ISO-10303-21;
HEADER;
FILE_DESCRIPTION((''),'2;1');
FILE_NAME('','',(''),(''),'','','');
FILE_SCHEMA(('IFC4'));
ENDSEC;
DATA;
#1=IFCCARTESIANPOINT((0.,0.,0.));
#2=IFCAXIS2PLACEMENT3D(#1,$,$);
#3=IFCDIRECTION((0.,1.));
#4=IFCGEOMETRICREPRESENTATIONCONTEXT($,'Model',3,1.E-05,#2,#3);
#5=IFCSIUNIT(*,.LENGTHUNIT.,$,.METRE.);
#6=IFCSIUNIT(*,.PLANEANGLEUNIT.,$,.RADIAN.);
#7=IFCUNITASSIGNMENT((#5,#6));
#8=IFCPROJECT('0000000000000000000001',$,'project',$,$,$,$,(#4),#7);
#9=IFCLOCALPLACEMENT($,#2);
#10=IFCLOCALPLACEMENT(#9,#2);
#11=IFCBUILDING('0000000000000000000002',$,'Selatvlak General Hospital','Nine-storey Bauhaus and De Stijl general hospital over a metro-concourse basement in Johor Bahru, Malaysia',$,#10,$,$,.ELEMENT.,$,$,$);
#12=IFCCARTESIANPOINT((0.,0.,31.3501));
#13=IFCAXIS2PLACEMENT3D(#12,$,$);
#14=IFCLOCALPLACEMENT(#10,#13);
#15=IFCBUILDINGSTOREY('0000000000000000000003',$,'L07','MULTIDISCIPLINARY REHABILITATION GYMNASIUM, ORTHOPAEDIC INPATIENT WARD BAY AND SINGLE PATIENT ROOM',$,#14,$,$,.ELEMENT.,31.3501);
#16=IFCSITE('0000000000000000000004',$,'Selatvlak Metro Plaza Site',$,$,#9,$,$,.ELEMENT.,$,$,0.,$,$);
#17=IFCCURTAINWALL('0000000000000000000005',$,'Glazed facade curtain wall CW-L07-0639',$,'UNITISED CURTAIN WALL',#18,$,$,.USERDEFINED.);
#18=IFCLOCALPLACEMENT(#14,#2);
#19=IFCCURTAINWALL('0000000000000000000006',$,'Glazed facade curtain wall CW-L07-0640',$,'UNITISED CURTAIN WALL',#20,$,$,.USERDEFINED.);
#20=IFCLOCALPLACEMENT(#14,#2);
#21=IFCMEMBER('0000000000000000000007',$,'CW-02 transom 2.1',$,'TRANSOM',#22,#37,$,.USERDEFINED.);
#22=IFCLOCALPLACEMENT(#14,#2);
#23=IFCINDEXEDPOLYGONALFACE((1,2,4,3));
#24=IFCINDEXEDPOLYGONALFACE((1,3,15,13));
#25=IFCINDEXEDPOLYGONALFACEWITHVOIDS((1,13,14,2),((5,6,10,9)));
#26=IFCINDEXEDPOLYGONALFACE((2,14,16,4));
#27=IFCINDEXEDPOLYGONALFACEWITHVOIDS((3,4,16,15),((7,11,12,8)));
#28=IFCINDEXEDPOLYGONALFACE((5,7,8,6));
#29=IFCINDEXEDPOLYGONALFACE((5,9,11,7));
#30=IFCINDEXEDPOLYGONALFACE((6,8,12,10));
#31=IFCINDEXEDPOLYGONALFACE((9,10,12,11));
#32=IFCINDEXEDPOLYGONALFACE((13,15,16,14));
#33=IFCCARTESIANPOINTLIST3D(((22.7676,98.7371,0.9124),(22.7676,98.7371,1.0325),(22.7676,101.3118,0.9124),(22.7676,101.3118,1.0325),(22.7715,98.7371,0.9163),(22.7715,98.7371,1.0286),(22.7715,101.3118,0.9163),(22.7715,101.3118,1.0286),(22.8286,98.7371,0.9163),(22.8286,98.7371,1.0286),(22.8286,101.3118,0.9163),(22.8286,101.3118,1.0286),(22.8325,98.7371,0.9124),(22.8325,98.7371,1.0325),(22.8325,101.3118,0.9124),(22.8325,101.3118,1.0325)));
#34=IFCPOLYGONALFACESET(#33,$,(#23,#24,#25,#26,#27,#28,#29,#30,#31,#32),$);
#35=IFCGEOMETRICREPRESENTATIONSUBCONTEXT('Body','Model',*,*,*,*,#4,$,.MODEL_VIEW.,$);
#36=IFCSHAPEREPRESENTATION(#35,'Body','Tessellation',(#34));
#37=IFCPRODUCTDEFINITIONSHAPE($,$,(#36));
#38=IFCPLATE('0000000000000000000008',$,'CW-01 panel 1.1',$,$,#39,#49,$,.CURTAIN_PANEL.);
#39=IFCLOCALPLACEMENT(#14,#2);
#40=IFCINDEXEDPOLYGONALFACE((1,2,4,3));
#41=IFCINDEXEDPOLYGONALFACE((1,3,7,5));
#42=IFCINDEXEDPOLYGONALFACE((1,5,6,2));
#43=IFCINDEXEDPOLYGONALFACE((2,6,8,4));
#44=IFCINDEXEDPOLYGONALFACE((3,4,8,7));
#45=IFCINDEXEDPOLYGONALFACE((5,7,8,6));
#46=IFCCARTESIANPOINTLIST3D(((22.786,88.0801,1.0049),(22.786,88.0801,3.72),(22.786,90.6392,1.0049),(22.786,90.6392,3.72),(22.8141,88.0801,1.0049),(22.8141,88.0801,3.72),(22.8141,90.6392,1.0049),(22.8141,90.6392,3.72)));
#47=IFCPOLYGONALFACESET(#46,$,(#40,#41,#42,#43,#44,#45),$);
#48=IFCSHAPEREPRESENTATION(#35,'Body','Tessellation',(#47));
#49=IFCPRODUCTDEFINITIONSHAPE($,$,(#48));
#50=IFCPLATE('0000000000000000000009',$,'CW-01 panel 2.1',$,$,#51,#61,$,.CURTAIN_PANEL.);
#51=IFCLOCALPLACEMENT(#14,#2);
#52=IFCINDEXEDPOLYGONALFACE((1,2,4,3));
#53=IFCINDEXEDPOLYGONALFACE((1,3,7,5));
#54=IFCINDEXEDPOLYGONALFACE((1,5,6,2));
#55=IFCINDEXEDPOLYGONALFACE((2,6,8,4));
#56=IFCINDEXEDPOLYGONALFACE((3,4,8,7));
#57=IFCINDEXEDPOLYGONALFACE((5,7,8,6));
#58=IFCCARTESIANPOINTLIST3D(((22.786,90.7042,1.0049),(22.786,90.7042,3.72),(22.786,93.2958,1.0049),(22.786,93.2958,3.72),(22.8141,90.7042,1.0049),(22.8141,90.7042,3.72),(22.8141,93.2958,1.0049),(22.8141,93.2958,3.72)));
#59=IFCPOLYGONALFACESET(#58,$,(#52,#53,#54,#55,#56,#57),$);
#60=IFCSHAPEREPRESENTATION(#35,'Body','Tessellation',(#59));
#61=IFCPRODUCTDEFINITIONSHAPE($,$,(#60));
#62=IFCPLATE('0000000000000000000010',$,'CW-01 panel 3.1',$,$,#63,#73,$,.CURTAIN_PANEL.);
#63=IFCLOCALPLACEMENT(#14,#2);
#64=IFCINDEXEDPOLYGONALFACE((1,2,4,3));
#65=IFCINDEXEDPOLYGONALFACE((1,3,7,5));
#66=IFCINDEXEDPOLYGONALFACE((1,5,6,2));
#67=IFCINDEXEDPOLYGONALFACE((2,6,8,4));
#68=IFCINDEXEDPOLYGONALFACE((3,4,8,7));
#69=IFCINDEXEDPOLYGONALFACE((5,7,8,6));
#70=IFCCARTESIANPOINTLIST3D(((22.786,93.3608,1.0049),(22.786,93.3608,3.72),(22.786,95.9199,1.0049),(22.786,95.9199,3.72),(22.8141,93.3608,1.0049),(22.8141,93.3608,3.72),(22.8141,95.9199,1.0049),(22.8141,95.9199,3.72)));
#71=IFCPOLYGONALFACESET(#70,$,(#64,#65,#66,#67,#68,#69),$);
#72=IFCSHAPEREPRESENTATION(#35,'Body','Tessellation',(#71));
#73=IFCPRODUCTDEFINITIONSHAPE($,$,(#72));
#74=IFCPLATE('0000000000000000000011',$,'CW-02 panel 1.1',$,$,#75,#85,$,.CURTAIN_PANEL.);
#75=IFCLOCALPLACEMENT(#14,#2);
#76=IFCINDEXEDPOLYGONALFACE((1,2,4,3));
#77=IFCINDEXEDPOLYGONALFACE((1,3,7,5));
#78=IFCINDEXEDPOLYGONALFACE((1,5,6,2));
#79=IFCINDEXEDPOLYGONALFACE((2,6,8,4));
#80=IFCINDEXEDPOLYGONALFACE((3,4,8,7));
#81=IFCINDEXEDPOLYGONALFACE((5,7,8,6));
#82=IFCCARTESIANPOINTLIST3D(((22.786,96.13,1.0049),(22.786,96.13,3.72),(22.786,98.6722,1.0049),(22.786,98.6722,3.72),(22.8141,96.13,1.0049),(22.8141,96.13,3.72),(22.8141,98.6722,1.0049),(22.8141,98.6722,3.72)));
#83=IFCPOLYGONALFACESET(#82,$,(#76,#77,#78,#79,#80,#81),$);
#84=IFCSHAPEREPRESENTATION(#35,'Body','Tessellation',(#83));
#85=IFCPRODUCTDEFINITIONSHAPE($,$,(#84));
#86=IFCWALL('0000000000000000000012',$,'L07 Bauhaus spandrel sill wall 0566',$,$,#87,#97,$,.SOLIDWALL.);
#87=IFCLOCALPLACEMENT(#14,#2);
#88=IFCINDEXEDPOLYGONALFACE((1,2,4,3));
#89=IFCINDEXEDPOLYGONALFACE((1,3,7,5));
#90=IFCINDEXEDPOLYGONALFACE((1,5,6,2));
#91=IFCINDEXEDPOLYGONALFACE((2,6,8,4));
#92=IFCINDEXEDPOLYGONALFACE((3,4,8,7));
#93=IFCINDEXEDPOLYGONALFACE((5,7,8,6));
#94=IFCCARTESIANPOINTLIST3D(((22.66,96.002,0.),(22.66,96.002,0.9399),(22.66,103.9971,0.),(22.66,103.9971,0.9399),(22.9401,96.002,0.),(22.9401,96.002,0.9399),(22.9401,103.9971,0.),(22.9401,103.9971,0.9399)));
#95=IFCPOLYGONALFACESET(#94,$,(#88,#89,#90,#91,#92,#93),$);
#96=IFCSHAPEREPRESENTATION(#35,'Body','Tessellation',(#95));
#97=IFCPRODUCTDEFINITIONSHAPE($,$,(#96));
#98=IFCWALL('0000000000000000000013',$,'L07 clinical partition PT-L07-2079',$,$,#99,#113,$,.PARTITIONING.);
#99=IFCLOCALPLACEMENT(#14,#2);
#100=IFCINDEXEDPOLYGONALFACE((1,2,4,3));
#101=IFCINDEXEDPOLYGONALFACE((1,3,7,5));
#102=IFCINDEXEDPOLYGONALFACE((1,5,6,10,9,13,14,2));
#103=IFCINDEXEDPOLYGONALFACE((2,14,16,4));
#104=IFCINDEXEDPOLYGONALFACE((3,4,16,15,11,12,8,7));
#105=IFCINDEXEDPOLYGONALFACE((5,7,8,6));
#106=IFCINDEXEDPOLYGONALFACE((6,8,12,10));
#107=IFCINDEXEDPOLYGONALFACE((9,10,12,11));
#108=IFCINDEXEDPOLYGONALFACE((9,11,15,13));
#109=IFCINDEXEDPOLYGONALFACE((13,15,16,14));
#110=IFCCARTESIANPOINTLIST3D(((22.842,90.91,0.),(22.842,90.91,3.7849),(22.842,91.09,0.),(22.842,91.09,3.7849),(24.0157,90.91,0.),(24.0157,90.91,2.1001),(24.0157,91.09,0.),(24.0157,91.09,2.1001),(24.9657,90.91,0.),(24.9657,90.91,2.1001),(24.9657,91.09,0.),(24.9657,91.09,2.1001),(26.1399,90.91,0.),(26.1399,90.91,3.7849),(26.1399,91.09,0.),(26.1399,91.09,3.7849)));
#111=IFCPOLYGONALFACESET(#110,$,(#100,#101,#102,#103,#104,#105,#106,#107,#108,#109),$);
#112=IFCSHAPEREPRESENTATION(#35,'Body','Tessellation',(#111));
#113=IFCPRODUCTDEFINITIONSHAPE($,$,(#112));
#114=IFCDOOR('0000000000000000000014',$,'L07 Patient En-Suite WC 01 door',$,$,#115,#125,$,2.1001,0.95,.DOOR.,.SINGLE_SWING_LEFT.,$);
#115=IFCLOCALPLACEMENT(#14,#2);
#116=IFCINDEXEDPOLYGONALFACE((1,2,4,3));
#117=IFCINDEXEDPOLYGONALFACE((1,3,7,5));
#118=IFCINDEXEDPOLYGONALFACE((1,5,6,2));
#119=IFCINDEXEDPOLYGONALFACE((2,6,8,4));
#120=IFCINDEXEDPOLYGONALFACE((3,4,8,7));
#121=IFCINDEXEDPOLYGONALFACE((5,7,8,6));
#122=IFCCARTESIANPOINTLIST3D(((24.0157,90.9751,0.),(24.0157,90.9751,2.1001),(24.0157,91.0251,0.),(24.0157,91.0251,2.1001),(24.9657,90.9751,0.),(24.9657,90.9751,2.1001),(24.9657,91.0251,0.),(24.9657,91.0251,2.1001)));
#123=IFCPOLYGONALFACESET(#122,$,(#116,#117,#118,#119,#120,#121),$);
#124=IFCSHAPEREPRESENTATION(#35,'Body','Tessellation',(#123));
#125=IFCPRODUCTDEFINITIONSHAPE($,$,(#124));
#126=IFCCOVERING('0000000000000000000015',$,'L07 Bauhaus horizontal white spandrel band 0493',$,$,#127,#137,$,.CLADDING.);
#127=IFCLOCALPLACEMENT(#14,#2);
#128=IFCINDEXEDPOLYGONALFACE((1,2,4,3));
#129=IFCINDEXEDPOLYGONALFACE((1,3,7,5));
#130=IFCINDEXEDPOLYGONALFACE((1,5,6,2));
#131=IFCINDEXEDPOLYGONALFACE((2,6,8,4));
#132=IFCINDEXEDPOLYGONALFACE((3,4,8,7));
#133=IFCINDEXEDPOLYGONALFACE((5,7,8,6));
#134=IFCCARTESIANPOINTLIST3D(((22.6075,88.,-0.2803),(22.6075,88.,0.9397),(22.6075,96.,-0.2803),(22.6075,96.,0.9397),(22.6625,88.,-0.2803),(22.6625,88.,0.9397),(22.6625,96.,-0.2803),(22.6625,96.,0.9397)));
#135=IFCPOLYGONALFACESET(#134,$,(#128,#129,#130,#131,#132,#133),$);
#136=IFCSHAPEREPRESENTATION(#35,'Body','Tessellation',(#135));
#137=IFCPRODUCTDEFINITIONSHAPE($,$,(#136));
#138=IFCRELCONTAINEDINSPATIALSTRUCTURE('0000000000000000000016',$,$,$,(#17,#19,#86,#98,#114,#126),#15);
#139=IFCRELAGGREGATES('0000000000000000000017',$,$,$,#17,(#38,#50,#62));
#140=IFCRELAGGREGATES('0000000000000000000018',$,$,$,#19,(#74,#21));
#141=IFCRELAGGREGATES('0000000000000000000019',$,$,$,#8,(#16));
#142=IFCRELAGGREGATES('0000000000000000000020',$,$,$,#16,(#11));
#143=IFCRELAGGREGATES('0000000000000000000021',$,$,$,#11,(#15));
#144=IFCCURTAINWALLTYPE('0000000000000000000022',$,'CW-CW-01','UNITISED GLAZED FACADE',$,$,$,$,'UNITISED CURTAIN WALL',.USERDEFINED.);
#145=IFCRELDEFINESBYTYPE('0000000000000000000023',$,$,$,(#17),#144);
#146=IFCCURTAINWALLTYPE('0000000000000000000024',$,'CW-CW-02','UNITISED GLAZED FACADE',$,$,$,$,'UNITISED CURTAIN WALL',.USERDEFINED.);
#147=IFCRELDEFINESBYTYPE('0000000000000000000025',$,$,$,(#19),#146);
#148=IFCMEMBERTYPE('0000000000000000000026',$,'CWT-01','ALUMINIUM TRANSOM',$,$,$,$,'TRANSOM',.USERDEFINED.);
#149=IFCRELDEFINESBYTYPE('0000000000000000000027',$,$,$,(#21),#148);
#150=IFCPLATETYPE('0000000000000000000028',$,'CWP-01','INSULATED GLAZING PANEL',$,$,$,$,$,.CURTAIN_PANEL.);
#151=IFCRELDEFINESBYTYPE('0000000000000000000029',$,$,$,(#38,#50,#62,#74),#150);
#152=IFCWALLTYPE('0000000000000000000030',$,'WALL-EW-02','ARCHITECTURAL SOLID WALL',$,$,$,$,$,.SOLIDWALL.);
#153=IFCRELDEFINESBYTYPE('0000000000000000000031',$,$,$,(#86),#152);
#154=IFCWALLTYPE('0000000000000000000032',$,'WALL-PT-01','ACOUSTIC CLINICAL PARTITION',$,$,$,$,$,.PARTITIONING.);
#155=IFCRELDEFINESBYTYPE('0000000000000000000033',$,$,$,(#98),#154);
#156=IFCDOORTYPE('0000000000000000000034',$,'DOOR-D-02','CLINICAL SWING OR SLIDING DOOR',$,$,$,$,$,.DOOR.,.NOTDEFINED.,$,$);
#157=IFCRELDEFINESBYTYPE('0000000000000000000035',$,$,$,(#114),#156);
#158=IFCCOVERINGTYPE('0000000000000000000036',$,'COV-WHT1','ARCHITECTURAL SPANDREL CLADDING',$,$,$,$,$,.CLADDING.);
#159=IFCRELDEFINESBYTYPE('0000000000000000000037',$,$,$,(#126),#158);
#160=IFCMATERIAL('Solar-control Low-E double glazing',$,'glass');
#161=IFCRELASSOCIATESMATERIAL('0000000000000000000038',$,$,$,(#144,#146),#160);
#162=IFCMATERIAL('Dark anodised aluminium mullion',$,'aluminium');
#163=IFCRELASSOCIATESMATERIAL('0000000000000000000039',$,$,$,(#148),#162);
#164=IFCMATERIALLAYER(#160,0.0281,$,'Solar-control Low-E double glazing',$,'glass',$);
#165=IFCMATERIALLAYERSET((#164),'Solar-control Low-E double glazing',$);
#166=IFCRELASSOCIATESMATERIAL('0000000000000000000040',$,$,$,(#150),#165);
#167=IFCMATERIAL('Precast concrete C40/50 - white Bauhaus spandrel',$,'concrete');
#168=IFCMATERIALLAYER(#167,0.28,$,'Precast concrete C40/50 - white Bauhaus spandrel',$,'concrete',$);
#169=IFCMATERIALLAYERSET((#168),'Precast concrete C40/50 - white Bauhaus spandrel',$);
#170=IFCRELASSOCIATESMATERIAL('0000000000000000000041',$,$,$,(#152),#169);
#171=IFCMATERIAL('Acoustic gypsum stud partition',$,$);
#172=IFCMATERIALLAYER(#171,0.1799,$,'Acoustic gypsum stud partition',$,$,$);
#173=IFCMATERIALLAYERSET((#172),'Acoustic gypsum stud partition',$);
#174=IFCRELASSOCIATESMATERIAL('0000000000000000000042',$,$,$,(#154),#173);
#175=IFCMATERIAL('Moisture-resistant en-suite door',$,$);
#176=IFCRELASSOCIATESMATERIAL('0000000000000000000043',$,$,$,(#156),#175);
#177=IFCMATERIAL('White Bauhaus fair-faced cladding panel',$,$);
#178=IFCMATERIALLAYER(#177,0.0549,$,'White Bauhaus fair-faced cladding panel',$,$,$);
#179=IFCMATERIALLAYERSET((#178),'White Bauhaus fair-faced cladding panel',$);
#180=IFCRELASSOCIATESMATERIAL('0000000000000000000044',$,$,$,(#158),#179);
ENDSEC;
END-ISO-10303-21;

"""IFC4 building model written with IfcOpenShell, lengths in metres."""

from ifc_helpers import new_model, si_unit, direction, frame, frame_2d, origin, origin_2d, place, context, subcontext, project, spatial, rectangle, hollow_rectangle, extrude, material, layer, layer_set, material_profile, profile_set, type_object, element, fill, aggregate, save


model = new_model("IFC4")

# Units and contexts
model_context = context("Model", 3, precision=1e-05, world=origin(), true_north=direction((0.0, 1.0)))
body_context = subcontext(model_context, "Body", "Model", "MODEL_VIEW")
ifc_project = project(units=[si_unit("LENGTHUNIT", "METRE"), si_unit("PLANEANGLEUNIT", "RADIAN")], contexts=[model_context])

# Site, building, storey
site_placement = place(None, origin())
site = spatial("IfcSite", under=ifc_project, at=site_placement, Name="Selatvlak Metro Plaza Site", CompositionType="ELEMENT", RefElevation=0.0)
building_placement = place(site_placement, origin())
building = spatial("IfcBuilding", under=site, at=building_placement, Name="Selatvlak General Hospital", Description="Nine-storey Bauhaus and De Stijl general hospital over a metro-concourse basement in Johor Bahru, Malaysia", CompositionType="ELEMENT")
storey_placement = place(building_placement, frame((0.0, 0.0, 31.3501)))
storey = spatial("IfcBuildingStorey", under=building, at=storey_placement, Name="L07", Description="MULTIDISCIPLINARY REHABILITATION GYMNASIUM, ORTHOPAEDIC INPATIENT WARD BAY AND SINGLE PATIENT ROOM", CompositionType="ELEMENT", Elevation=31.3501)

# Curtain walls
ifc_material_1 = material(Name="Solar-control Low-E double glazing", Category="glass")
curtain_wall_type_1 = type_object("IfcCurtainWallType", Name="CW-CW-01", Description="UNITISED GLAZED FACADE", ElementType="UNITISED CURTAIN WALL", PredefinedType="USERDEFINED", material=ifc_material_1)
curtain_wall_1_placement = place(storey_placement, origin())
curtain_wall_1 = element("IfcCurtainWall", 1, at=curtain_wall_1_placement, inside=storey, type_object=curtain_wall_type_1, Name="Glazed facade curtain wall CW-L07-0639", ObjectType="UNITISED CURTAIN WALL", PredefinedType="USERDEFINED")
ifc_material_2 = material(Name="Dark anodised aluminium mullion", Category="aluminium")
curtain_wall_type_2 = type_object("IfcCurtainWallType", Name="CW-CW-02", Description="UNITISED GLAZED FACADE", ElementType="UNITISED CURTAIN WALL", PredefinedType="USERDEFINED", material=ifc_material_1)
curtain_wall_2_placement = place(storey_placement, origin())
curtain_wall_2 = element("IfcCurtainWall", 2, at=curtain_wall_2_placement, inside=storey, type_object=curtain_wall_type_2, Name="Glazed facade curtain wall CW-L07-0640", ObjectType="UNITISED CURTAIN WALL", PredefinedType="USERDEFINED")

# Member
ifc_material_profile_1 = material_profile(ifc_material_2, hollow_rectangle(XDim=0.0649, YDim=0.1201, WallThickness=0.0039, at=origin_2d()), Name="AL-TRN 65x120x4")
ifc_profile_set_1 = profile_set([ifc_material_profile_1], Name="Dark anodised aluminium mullion")
member_type_1 = type_object("IfcMemberType", Name="CWT-01", Description="ALUMINIUM TRANSOM", ElementType="TRANSOM", PredefinedType="USERDEFINED", material=ifc_profile_set_1)
member_1_placement = place(storey_placement, frame((22.8, 98.7371, 0.9724), z_axis=(0.0, 1.0, 0.0), x_axis=(-1.0, 0.0, 0.0)))
member_1 = element("IfcMember", 3, at=member_1_placement, type_object=member_type_1, Name="CW-02 transom 2.1", ObjectType="TRANSOM", PredefinedType="USERDEFINED", context=body_context, shape_type="SweptSolid", body=[
    extrude(hollow_rectangle(XDim=0.0649, YDim=0.1201, WallThickness=0.0039, at=origin_2d()), origin(), (0.0, 0.0, 1.0), 2.5747),
])

# Plates
ifc_layer_1 = layer(ifc_material_1, 0.0281, Name="Solar-control Low-E double glazing", Category="glass")
ifc_layer_set_1 = layer_set([ifc_layer_1], Name="Solar-control Low-E double glazing")
plate_type = type_object("IfcPlateType", Name="CWP-01", Description="INSULATED GLAZING PANEL", PredefinedType="CURTAIN_PANEL", material=ifc_layer_set_1)
plate_1_placement = place(storey_placement, frame((22.8, 89.3596, 1.0049), z_axis=(0.0, 0.0, 1.0), x_axis=(0.0, 1.0, 0.0)))
plate_1 = element("IfcPlate", 4, at=plate_1_placement, type_object=plate_type, Name="CW-01 panel 1.1", PredefinedType="CURTAIN_PANEL", context=body_context, shape_type="SweptSolid", body=[
    extrude(rectangle(XDim=2.5591, YDim=0.0281, at=origin_2d()), origin(), (0.0, 0.0, 1.0), 2.7151),
])
plate_2_placement = place(storey_placement, frame((22.8, 92.0, 1.0049), z_axis=(0.0, 0.0, 1.0), x_axis=(0.0, 1.0, 0.0)))
plate_2 = element("IfcPlate", 5, at=plate_2_placement, type_object=plate_type, Name="CW-01 panel 2.1", PredefinedType="CURTAIN_PANEL", context=body_context, shape_type="SweptSolid", body=[
    extrude(rectangle(XDim=2.5916, YDim=0.0281, at=origin_2d()), origin(), (0.0, 0.0, 1.0), 2.7151),
])
plate_3_placement = place(storey_placement, frame((22.8, 94.6404, 1.0049), z_axis=(0.0, 0.0, 1.0), x_axis=(0.0, 1.0, 0.0)))
plate_3 = element("IfcPlate", 6, at=plate_3_placement, type_object=plate_type, Name="CW-01 panel 3.1", PredefinedType="CURTAIN_PANEL", context=body_context, shape_type="SweptSolid", body=[
    extrude(rectangle(XDim=2.5591, YDim=0.0281, at=origin_2d()), origin(), (0.0, 0.0, 1.0), 2.7151),
])
aggregate(curtain_wall_1, [plate_1, plate_2, plate_3])
plate_4_placement = place(storey_placement, frame((22.8, 97.4011, 1.0049), z_axis=(0.0, 0.0, 1.0), x_axis=(0.0, 1.0, 0.0)))
plate_4 = element("IfcPlate", 7, at=plate_4_placement, type_object=plate_type, Name="CW-02 panel 1.1", PredefinedType="CURTAIN_PANEL", context=body_context, shape_type="SweptSolid", body=[
    extrude(rectangle(XDim=2.5422, YDim=0.0281, at=origin_2d()), origin(), (0.0, 0.0, 1.0), 2.7151),
])
aggregate(curtain_wall_2, [plate_4, member_1])

# Wall
ifc_material_3 = material(Name="Precast concrete C40/50 - white Bauhaus spandrel", Category="concrete")
ifc_layer_2 = layer(ifc_material_3, 0.28, Name="Precast concrete C40/50 - white Bauhaus spandrel", Category="concrete")
ifc_layer_set_2 = layer_set([ifc_layer_2], Name="Precast concrete C40/50 - white Bauhaus spandrel")
wall_type_1 = type_object("IfcWallType", Name="WALL-EW-02", Description="ARCHITECTURAL SOLID WALL", PredefinedType="SOLIDWALL", material=ifc_layer_set_2)
wall_1_placement = place(storey_placement, frame((22.8, 96.002, 0.0), z_axis=(0.0, 0.0, 1.0), x_axis=(0.0, 1.0, 0.0)))
element("IfcWall", 8, at=wall_1_placement, inside=storey, type_object=wall_type_1, Name="L07 Bauhaus spandrel sill wall 0566", PredefinedType="SOLIDWALL", context=body_context, shape_type="SweptSolid", body=[
    extrude(rectangle(XDim=7.9951, YDim=0.28, at=frame_2d((3.9976, 0.0))), origin(), (0.0, 0.0, 1.0), 0.9399),
])

# Wall, opening, door
ifc_material_4 = material(Name="Acoustic gypsum stud partition")
ifc_layer_3 = layer(ifc_material_4, 0.1799, Name="Acoustic gypsum stud partition")
ifc_layer_set_3 = layer_set([ifc_layer_3], Name="Acoustic gypsum stud partition")
wall_type_2 = type_object("IfcWallType", Name="WALL-PT-01", Description="ACOUSTIC CLINICAL PARTITION", PredefinedType="PARTITIONING", material=ifc_layer_set_3)
wall_2_placement = place(storey_placement, frame((26.1399, 91.0, 0.0), z_axis=(0.0, 0.0, 1.0), x_axis=(-1.0, 0.0, 0.0)))
wall_2 = element("IfcWall", 9, at=wall_2_placement, inside=storey, type_object=wall_type_2, Name="L07 clinical partition PT-L07-2079", PredefinedType="PARTITIONING", context=body_context, shape_type="SweptSolid", body=[
    extrude(rectangle(XDim=3.2979, YDim=0.1799, at=frame_2d((1.6489, 0.0))), origin(), (0.0, 0.0, 1.0), 3.7849),
])
opening_placement = place(wall_2_placement, frame((1.1741, 0.0, 0.0)))
opening = element("IfcOpeningElement", 10, at=opening_placement, cuts=wall_2, PredefinedType="OPENING", context=body_context, shape_type="SweptSolid", body=[
    extrude(rectangle(XDim=0.95, YDim=2.1001, at=frame_2d((0.4751, 1.05))), frame((0.0, 0.0999, 0.0), z_axis=(0.0, -1.0, 0.0), x_axis=(1.0, 0.0, 0.0)), (0.0, 0.0, 1.0), 0.2),
])
ifc_material_5 = material(Name="Moisture-resistant en-suite door")
door_type = type_object("IfcDoorType", Name="DOOR-D-02", Description="CLINICAL SWING OR SLIDING DOOR", OperationType="NOTDEFINED", PredefinedType="DOOR", material=ifc_material_5)
door_placement = place(opening_placement, origin())
door = element("IfcDoor", 11, at=door_placement, inside=storey, type_object=door_type, Name="L07 Patient En-Suite WC 01 door", OperationType="SINGLE_SWING_LEFT", OverallHeight=2.1001, OverallWidth=0.95, PredefinedType="DOOR", context=body_context, shape_type="SweptSolid", body=[
    extrude(rectangle(XDim=0.95, YDim=2.1001, at=frame_2d((0.4751, 1.05))), frame((0.0, 0.0249, 0.0), z_axis=(0.0, -1.0, 0.0), x_axis=(1.0, 0.0, 0.0)), (0.0, 0.0, 1.0), 0.05),
])
fill(opening, door)

# Covering
ifc_material_6 = material(Name="White Bauhaus fair-faced cladding panel")
ifc_layer_4 = layer(ifc_material_6, 0.0549, Name="White Bauhaus fair-faced cladding panel")
ifc_layer_set_4 = layer_set([ifc_layer_4], Name="White Bauhaus fair-faced cladding panel")
covering_type = type_object("IfcCoveringType", Name="COV-WHT1", Description="ARCHITECTURAL SPANDREL CLADDING", PredefinedType="CLADDING", material=ifc_layer_set_4)
covering_placement = place(storey_placement, frame((22.635, 92.0, -0.2803), z_axis=(0.0, 0.0, 1.0), x_axis=(0.0, 1.0, 0.0)))
element("IfcCovering", 12, at=covering_placement, inside=storey, type_object=covering_type, Name="L07 Bauhaus horizontal white spandrel band 0493", PredefinedType="CLADDING", context=body_context, shape_type="SweptSolid", body=[
    extrude(rectangle(XDim=8.0, YDim=0.0549, at=origin_2d()), origin(), (0.0, 0.0, 1.0), 1.22),
])

save(model, "model.ifc")
